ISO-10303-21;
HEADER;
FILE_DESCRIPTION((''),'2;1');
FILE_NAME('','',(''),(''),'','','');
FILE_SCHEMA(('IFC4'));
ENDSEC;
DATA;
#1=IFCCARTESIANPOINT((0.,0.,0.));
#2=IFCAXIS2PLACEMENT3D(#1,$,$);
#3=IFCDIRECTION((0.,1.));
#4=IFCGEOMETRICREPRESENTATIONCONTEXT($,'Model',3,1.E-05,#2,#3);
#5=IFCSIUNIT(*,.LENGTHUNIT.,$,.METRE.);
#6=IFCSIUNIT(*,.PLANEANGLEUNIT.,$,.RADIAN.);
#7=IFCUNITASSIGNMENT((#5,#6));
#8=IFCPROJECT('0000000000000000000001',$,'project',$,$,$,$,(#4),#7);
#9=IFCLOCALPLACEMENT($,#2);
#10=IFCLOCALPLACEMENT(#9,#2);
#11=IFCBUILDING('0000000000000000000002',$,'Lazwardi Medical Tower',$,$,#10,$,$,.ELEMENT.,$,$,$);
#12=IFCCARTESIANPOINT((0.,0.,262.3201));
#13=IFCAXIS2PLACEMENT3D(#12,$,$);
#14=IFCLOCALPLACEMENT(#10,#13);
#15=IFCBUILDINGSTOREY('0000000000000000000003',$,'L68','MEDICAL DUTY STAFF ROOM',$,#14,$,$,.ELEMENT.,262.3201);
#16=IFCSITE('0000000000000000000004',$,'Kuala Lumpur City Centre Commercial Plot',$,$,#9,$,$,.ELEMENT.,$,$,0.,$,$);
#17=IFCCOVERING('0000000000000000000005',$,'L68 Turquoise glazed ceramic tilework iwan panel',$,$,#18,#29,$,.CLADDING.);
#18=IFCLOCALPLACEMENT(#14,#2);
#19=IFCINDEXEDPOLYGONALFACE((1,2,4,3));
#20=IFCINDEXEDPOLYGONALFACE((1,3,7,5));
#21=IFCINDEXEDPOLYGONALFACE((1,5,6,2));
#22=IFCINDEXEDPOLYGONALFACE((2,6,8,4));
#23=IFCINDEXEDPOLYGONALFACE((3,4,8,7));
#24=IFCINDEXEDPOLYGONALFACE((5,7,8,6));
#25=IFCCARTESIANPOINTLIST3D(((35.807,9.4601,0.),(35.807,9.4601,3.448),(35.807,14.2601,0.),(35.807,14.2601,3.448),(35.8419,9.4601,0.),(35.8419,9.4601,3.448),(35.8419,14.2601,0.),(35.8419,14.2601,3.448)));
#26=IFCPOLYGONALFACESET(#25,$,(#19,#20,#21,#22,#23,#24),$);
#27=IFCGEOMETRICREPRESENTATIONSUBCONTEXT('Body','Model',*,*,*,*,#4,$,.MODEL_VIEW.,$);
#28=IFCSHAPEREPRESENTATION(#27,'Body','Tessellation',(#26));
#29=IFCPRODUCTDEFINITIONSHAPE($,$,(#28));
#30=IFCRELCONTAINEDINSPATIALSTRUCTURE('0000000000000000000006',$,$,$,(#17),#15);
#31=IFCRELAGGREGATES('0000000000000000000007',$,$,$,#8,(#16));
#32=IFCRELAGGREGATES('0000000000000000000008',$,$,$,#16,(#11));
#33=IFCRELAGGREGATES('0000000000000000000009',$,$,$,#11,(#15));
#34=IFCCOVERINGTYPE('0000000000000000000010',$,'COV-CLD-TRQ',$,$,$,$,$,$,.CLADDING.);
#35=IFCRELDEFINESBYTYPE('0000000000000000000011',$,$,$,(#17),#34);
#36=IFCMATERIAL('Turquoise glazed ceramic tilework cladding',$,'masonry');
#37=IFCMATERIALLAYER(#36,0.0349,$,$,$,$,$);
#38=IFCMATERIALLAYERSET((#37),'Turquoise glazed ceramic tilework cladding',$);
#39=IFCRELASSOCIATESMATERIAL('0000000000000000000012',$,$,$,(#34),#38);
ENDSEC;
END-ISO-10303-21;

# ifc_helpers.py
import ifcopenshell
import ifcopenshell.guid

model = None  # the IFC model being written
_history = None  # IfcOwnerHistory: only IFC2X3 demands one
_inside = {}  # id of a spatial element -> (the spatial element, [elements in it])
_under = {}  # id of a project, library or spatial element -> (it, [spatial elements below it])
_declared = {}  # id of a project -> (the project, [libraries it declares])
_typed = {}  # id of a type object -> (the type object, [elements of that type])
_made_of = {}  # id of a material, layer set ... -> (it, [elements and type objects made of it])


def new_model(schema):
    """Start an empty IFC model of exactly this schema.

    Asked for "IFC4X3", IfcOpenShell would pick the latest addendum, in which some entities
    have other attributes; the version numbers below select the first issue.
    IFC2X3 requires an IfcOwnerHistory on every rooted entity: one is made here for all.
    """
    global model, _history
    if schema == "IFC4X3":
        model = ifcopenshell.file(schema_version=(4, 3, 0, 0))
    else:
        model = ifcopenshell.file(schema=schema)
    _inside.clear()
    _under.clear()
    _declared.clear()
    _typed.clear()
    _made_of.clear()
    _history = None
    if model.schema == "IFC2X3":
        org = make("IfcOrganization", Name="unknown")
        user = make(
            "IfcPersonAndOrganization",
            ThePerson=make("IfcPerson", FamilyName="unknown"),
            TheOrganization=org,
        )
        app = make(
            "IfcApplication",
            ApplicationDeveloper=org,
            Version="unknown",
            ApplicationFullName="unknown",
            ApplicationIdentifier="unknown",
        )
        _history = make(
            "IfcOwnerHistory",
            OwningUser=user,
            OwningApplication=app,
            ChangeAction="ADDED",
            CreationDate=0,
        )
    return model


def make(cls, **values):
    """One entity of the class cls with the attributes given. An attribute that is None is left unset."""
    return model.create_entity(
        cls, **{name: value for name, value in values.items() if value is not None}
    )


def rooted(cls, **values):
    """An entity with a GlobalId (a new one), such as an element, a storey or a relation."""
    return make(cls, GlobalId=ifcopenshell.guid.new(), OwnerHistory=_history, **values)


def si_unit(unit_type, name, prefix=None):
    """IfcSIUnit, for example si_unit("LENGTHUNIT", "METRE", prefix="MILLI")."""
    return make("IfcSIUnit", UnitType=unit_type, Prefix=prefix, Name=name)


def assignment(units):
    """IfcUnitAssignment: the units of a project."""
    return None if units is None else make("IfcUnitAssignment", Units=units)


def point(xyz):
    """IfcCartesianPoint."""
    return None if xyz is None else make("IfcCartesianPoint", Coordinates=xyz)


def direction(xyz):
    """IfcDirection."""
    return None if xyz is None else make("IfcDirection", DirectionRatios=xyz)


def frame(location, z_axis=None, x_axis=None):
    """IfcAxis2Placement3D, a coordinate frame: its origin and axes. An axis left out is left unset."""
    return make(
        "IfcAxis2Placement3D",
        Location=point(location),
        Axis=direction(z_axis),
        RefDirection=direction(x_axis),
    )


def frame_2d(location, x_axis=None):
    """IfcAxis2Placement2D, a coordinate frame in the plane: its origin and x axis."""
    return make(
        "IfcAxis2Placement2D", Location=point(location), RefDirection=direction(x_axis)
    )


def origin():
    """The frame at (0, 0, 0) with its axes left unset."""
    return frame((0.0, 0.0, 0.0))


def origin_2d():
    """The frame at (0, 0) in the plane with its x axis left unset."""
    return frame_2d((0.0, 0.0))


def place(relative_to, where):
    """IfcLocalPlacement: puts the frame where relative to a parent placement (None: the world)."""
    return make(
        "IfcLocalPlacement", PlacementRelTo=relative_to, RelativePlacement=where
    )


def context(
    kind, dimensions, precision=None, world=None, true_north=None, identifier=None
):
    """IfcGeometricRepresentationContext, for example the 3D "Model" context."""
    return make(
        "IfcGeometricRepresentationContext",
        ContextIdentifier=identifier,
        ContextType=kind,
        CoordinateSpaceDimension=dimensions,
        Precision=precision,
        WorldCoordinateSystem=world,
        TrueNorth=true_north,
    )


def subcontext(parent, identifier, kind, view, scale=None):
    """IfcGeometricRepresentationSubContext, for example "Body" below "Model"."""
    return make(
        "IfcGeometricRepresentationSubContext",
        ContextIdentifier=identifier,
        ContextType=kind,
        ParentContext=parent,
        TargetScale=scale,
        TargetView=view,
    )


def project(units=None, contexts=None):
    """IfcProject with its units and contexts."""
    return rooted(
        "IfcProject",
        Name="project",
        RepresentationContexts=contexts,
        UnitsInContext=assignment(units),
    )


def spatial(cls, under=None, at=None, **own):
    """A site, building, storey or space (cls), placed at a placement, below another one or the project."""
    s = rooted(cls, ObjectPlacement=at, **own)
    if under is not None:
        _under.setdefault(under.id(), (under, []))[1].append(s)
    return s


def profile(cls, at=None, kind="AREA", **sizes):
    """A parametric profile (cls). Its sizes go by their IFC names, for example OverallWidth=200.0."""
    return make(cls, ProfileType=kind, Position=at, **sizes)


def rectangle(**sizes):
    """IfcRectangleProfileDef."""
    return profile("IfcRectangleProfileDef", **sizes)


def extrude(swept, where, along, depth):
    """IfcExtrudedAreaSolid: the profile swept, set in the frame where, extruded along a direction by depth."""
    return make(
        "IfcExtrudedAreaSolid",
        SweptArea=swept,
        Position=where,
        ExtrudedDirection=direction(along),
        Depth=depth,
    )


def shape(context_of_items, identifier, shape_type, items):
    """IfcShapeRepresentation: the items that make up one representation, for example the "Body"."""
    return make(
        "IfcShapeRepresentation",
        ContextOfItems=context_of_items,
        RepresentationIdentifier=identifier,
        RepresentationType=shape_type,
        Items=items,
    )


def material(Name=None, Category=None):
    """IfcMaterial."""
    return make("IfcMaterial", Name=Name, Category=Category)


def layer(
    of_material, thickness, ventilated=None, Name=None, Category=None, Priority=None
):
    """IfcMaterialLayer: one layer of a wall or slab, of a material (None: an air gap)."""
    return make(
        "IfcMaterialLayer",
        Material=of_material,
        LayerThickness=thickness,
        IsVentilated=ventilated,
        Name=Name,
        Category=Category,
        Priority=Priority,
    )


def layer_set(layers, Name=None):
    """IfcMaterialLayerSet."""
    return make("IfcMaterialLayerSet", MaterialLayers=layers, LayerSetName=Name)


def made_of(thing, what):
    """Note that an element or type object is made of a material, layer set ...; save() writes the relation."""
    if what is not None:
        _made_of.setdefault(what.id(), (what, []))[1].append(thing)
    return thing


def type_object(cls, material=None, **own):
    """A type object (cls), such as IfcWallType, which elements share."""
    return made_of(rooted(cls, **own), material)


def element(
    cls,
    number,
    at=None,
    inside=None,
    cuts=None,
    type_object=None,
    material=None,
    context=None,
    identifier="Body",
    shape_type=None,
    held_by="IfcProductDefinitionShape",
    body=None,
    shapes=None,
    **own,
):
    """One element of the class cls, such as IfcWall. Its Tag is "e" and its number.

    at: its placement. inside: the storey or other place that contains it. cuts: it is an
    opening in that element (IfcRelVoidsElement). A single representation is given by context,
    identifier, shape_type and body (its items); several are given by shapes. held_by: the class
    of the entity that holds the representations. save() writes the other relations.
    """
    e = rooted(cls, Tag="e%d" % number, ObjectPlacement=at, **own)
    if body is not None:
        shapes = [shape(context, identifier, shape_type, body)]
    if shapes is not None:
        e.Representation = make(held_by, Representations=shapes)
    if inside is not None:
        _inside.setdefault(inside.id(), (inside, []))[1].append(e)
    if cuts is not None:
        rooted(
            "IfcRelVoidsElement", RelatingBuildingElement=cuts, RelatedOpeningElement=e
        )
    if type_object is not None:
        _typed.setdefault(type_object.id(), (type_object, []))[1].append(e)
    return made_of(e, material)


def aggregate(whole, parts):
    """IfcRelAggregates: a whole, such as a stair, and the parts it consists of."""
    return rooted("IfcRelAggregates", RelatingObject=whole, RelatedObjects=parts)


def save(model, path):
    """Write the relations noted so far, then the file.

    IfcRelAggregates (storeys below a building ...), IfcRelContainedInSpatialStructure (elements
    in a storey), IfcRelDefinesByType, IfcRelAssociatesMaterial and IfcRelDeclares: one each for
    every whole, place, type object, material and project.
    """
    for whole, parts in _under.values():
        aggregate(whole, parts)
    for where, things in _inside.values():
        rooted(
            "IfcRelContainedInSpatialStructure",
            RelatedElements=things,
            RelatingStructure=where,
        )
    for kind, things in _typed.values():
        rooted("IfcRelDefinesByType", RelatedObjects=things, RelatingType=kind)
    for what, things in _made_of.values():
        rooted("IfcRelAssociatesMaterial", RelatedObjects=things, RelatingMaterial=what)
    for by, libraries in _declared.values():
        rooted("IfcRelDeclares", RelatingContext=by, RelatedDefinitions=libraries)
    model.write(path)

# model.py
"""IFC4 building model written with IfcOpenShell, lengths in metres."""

from ifc_helpers import new_model, si_unit, direction, frame, origin, origin_2d, place, context, subcontext, project, spatial, rectangle, extrude, material, layer, layer_set, type_object, element, save


model = new_model("IFC4")

# Units and contexts
model_context = context("Model", 3, precision=1e-05, world=origin(), true_north=direction((0.0, 1.0)))
body_context = subcontext(model_context, "Body", "Model", "MODEL_VIEW")
ifc_project = project(units=[si_unit("LENGTHUNIT", "METRE"), si_unit("PLANEANGLEUNIT", "RADIAN")], contexts=[model_context])

# Site, building, storey
site_placement = place(None, origin())
site = spatial("IfcSite", under=ifc_project, at=site_placement, Name="Kuala Lumpur City Centre Commercial Plot", CompositionType="ELEMENT", RefElevation=0.0)
building_placement = place(site_placement, origin())
building = spatial("IfcBuilding", under=site, at=building_placement, Name="Lazwardi Medical Tower", CompositionType="ELEMENT")
storey_placement = place(building_placement, frame((0.0, 0.0, 262.3201)))
storey = spatial("IfcBuildingStorey", under=building, at=storey_placement, Name="L68", Description="MEDICAL DUTY STAFF ROOM", CompositionType="ELEMENT", Elevation=262.3201)

# Covering
ifc_material_1 = material(Name="Turquoise glazed ceramic tilework cladding", Category="masonry")
ifc_layer_1 = layer(ifc_material_1, 0.0349)
ifc_layer_set_1 = layer_set([ifc_layer_1], Name="Turquoise glazed ceramic tilework cladding")
covering_type_1 = type_object("IfcCoveringType", Name="COV-CLD-TRQ", PredefinedType="CLADDING", material=ifc_layer_set_1)
covering_1_placement = place(storey_placement, frame((35.8245, 11.8601, 0.0), z_axis=(0.0, 0.0, 1.0), x_axis=(0.0, 1.0, 0.0)))
element("IfcCovering", 1, at=covering_1_placement, inside=storey, type_object=covering_type_1, Name="L68 Turquoise glazed ceramic tilework iwan panel", PredefinedType="CLADDING", context=body_context, shape_type="SweptSolid", body=[
    extrude(rectangle(XDim=4.8, YDim=0.0349, at=origin_2d()), origin(), (0.0, 0.0, 1.0), 3.448),
])

save(model, "model.ifc")
